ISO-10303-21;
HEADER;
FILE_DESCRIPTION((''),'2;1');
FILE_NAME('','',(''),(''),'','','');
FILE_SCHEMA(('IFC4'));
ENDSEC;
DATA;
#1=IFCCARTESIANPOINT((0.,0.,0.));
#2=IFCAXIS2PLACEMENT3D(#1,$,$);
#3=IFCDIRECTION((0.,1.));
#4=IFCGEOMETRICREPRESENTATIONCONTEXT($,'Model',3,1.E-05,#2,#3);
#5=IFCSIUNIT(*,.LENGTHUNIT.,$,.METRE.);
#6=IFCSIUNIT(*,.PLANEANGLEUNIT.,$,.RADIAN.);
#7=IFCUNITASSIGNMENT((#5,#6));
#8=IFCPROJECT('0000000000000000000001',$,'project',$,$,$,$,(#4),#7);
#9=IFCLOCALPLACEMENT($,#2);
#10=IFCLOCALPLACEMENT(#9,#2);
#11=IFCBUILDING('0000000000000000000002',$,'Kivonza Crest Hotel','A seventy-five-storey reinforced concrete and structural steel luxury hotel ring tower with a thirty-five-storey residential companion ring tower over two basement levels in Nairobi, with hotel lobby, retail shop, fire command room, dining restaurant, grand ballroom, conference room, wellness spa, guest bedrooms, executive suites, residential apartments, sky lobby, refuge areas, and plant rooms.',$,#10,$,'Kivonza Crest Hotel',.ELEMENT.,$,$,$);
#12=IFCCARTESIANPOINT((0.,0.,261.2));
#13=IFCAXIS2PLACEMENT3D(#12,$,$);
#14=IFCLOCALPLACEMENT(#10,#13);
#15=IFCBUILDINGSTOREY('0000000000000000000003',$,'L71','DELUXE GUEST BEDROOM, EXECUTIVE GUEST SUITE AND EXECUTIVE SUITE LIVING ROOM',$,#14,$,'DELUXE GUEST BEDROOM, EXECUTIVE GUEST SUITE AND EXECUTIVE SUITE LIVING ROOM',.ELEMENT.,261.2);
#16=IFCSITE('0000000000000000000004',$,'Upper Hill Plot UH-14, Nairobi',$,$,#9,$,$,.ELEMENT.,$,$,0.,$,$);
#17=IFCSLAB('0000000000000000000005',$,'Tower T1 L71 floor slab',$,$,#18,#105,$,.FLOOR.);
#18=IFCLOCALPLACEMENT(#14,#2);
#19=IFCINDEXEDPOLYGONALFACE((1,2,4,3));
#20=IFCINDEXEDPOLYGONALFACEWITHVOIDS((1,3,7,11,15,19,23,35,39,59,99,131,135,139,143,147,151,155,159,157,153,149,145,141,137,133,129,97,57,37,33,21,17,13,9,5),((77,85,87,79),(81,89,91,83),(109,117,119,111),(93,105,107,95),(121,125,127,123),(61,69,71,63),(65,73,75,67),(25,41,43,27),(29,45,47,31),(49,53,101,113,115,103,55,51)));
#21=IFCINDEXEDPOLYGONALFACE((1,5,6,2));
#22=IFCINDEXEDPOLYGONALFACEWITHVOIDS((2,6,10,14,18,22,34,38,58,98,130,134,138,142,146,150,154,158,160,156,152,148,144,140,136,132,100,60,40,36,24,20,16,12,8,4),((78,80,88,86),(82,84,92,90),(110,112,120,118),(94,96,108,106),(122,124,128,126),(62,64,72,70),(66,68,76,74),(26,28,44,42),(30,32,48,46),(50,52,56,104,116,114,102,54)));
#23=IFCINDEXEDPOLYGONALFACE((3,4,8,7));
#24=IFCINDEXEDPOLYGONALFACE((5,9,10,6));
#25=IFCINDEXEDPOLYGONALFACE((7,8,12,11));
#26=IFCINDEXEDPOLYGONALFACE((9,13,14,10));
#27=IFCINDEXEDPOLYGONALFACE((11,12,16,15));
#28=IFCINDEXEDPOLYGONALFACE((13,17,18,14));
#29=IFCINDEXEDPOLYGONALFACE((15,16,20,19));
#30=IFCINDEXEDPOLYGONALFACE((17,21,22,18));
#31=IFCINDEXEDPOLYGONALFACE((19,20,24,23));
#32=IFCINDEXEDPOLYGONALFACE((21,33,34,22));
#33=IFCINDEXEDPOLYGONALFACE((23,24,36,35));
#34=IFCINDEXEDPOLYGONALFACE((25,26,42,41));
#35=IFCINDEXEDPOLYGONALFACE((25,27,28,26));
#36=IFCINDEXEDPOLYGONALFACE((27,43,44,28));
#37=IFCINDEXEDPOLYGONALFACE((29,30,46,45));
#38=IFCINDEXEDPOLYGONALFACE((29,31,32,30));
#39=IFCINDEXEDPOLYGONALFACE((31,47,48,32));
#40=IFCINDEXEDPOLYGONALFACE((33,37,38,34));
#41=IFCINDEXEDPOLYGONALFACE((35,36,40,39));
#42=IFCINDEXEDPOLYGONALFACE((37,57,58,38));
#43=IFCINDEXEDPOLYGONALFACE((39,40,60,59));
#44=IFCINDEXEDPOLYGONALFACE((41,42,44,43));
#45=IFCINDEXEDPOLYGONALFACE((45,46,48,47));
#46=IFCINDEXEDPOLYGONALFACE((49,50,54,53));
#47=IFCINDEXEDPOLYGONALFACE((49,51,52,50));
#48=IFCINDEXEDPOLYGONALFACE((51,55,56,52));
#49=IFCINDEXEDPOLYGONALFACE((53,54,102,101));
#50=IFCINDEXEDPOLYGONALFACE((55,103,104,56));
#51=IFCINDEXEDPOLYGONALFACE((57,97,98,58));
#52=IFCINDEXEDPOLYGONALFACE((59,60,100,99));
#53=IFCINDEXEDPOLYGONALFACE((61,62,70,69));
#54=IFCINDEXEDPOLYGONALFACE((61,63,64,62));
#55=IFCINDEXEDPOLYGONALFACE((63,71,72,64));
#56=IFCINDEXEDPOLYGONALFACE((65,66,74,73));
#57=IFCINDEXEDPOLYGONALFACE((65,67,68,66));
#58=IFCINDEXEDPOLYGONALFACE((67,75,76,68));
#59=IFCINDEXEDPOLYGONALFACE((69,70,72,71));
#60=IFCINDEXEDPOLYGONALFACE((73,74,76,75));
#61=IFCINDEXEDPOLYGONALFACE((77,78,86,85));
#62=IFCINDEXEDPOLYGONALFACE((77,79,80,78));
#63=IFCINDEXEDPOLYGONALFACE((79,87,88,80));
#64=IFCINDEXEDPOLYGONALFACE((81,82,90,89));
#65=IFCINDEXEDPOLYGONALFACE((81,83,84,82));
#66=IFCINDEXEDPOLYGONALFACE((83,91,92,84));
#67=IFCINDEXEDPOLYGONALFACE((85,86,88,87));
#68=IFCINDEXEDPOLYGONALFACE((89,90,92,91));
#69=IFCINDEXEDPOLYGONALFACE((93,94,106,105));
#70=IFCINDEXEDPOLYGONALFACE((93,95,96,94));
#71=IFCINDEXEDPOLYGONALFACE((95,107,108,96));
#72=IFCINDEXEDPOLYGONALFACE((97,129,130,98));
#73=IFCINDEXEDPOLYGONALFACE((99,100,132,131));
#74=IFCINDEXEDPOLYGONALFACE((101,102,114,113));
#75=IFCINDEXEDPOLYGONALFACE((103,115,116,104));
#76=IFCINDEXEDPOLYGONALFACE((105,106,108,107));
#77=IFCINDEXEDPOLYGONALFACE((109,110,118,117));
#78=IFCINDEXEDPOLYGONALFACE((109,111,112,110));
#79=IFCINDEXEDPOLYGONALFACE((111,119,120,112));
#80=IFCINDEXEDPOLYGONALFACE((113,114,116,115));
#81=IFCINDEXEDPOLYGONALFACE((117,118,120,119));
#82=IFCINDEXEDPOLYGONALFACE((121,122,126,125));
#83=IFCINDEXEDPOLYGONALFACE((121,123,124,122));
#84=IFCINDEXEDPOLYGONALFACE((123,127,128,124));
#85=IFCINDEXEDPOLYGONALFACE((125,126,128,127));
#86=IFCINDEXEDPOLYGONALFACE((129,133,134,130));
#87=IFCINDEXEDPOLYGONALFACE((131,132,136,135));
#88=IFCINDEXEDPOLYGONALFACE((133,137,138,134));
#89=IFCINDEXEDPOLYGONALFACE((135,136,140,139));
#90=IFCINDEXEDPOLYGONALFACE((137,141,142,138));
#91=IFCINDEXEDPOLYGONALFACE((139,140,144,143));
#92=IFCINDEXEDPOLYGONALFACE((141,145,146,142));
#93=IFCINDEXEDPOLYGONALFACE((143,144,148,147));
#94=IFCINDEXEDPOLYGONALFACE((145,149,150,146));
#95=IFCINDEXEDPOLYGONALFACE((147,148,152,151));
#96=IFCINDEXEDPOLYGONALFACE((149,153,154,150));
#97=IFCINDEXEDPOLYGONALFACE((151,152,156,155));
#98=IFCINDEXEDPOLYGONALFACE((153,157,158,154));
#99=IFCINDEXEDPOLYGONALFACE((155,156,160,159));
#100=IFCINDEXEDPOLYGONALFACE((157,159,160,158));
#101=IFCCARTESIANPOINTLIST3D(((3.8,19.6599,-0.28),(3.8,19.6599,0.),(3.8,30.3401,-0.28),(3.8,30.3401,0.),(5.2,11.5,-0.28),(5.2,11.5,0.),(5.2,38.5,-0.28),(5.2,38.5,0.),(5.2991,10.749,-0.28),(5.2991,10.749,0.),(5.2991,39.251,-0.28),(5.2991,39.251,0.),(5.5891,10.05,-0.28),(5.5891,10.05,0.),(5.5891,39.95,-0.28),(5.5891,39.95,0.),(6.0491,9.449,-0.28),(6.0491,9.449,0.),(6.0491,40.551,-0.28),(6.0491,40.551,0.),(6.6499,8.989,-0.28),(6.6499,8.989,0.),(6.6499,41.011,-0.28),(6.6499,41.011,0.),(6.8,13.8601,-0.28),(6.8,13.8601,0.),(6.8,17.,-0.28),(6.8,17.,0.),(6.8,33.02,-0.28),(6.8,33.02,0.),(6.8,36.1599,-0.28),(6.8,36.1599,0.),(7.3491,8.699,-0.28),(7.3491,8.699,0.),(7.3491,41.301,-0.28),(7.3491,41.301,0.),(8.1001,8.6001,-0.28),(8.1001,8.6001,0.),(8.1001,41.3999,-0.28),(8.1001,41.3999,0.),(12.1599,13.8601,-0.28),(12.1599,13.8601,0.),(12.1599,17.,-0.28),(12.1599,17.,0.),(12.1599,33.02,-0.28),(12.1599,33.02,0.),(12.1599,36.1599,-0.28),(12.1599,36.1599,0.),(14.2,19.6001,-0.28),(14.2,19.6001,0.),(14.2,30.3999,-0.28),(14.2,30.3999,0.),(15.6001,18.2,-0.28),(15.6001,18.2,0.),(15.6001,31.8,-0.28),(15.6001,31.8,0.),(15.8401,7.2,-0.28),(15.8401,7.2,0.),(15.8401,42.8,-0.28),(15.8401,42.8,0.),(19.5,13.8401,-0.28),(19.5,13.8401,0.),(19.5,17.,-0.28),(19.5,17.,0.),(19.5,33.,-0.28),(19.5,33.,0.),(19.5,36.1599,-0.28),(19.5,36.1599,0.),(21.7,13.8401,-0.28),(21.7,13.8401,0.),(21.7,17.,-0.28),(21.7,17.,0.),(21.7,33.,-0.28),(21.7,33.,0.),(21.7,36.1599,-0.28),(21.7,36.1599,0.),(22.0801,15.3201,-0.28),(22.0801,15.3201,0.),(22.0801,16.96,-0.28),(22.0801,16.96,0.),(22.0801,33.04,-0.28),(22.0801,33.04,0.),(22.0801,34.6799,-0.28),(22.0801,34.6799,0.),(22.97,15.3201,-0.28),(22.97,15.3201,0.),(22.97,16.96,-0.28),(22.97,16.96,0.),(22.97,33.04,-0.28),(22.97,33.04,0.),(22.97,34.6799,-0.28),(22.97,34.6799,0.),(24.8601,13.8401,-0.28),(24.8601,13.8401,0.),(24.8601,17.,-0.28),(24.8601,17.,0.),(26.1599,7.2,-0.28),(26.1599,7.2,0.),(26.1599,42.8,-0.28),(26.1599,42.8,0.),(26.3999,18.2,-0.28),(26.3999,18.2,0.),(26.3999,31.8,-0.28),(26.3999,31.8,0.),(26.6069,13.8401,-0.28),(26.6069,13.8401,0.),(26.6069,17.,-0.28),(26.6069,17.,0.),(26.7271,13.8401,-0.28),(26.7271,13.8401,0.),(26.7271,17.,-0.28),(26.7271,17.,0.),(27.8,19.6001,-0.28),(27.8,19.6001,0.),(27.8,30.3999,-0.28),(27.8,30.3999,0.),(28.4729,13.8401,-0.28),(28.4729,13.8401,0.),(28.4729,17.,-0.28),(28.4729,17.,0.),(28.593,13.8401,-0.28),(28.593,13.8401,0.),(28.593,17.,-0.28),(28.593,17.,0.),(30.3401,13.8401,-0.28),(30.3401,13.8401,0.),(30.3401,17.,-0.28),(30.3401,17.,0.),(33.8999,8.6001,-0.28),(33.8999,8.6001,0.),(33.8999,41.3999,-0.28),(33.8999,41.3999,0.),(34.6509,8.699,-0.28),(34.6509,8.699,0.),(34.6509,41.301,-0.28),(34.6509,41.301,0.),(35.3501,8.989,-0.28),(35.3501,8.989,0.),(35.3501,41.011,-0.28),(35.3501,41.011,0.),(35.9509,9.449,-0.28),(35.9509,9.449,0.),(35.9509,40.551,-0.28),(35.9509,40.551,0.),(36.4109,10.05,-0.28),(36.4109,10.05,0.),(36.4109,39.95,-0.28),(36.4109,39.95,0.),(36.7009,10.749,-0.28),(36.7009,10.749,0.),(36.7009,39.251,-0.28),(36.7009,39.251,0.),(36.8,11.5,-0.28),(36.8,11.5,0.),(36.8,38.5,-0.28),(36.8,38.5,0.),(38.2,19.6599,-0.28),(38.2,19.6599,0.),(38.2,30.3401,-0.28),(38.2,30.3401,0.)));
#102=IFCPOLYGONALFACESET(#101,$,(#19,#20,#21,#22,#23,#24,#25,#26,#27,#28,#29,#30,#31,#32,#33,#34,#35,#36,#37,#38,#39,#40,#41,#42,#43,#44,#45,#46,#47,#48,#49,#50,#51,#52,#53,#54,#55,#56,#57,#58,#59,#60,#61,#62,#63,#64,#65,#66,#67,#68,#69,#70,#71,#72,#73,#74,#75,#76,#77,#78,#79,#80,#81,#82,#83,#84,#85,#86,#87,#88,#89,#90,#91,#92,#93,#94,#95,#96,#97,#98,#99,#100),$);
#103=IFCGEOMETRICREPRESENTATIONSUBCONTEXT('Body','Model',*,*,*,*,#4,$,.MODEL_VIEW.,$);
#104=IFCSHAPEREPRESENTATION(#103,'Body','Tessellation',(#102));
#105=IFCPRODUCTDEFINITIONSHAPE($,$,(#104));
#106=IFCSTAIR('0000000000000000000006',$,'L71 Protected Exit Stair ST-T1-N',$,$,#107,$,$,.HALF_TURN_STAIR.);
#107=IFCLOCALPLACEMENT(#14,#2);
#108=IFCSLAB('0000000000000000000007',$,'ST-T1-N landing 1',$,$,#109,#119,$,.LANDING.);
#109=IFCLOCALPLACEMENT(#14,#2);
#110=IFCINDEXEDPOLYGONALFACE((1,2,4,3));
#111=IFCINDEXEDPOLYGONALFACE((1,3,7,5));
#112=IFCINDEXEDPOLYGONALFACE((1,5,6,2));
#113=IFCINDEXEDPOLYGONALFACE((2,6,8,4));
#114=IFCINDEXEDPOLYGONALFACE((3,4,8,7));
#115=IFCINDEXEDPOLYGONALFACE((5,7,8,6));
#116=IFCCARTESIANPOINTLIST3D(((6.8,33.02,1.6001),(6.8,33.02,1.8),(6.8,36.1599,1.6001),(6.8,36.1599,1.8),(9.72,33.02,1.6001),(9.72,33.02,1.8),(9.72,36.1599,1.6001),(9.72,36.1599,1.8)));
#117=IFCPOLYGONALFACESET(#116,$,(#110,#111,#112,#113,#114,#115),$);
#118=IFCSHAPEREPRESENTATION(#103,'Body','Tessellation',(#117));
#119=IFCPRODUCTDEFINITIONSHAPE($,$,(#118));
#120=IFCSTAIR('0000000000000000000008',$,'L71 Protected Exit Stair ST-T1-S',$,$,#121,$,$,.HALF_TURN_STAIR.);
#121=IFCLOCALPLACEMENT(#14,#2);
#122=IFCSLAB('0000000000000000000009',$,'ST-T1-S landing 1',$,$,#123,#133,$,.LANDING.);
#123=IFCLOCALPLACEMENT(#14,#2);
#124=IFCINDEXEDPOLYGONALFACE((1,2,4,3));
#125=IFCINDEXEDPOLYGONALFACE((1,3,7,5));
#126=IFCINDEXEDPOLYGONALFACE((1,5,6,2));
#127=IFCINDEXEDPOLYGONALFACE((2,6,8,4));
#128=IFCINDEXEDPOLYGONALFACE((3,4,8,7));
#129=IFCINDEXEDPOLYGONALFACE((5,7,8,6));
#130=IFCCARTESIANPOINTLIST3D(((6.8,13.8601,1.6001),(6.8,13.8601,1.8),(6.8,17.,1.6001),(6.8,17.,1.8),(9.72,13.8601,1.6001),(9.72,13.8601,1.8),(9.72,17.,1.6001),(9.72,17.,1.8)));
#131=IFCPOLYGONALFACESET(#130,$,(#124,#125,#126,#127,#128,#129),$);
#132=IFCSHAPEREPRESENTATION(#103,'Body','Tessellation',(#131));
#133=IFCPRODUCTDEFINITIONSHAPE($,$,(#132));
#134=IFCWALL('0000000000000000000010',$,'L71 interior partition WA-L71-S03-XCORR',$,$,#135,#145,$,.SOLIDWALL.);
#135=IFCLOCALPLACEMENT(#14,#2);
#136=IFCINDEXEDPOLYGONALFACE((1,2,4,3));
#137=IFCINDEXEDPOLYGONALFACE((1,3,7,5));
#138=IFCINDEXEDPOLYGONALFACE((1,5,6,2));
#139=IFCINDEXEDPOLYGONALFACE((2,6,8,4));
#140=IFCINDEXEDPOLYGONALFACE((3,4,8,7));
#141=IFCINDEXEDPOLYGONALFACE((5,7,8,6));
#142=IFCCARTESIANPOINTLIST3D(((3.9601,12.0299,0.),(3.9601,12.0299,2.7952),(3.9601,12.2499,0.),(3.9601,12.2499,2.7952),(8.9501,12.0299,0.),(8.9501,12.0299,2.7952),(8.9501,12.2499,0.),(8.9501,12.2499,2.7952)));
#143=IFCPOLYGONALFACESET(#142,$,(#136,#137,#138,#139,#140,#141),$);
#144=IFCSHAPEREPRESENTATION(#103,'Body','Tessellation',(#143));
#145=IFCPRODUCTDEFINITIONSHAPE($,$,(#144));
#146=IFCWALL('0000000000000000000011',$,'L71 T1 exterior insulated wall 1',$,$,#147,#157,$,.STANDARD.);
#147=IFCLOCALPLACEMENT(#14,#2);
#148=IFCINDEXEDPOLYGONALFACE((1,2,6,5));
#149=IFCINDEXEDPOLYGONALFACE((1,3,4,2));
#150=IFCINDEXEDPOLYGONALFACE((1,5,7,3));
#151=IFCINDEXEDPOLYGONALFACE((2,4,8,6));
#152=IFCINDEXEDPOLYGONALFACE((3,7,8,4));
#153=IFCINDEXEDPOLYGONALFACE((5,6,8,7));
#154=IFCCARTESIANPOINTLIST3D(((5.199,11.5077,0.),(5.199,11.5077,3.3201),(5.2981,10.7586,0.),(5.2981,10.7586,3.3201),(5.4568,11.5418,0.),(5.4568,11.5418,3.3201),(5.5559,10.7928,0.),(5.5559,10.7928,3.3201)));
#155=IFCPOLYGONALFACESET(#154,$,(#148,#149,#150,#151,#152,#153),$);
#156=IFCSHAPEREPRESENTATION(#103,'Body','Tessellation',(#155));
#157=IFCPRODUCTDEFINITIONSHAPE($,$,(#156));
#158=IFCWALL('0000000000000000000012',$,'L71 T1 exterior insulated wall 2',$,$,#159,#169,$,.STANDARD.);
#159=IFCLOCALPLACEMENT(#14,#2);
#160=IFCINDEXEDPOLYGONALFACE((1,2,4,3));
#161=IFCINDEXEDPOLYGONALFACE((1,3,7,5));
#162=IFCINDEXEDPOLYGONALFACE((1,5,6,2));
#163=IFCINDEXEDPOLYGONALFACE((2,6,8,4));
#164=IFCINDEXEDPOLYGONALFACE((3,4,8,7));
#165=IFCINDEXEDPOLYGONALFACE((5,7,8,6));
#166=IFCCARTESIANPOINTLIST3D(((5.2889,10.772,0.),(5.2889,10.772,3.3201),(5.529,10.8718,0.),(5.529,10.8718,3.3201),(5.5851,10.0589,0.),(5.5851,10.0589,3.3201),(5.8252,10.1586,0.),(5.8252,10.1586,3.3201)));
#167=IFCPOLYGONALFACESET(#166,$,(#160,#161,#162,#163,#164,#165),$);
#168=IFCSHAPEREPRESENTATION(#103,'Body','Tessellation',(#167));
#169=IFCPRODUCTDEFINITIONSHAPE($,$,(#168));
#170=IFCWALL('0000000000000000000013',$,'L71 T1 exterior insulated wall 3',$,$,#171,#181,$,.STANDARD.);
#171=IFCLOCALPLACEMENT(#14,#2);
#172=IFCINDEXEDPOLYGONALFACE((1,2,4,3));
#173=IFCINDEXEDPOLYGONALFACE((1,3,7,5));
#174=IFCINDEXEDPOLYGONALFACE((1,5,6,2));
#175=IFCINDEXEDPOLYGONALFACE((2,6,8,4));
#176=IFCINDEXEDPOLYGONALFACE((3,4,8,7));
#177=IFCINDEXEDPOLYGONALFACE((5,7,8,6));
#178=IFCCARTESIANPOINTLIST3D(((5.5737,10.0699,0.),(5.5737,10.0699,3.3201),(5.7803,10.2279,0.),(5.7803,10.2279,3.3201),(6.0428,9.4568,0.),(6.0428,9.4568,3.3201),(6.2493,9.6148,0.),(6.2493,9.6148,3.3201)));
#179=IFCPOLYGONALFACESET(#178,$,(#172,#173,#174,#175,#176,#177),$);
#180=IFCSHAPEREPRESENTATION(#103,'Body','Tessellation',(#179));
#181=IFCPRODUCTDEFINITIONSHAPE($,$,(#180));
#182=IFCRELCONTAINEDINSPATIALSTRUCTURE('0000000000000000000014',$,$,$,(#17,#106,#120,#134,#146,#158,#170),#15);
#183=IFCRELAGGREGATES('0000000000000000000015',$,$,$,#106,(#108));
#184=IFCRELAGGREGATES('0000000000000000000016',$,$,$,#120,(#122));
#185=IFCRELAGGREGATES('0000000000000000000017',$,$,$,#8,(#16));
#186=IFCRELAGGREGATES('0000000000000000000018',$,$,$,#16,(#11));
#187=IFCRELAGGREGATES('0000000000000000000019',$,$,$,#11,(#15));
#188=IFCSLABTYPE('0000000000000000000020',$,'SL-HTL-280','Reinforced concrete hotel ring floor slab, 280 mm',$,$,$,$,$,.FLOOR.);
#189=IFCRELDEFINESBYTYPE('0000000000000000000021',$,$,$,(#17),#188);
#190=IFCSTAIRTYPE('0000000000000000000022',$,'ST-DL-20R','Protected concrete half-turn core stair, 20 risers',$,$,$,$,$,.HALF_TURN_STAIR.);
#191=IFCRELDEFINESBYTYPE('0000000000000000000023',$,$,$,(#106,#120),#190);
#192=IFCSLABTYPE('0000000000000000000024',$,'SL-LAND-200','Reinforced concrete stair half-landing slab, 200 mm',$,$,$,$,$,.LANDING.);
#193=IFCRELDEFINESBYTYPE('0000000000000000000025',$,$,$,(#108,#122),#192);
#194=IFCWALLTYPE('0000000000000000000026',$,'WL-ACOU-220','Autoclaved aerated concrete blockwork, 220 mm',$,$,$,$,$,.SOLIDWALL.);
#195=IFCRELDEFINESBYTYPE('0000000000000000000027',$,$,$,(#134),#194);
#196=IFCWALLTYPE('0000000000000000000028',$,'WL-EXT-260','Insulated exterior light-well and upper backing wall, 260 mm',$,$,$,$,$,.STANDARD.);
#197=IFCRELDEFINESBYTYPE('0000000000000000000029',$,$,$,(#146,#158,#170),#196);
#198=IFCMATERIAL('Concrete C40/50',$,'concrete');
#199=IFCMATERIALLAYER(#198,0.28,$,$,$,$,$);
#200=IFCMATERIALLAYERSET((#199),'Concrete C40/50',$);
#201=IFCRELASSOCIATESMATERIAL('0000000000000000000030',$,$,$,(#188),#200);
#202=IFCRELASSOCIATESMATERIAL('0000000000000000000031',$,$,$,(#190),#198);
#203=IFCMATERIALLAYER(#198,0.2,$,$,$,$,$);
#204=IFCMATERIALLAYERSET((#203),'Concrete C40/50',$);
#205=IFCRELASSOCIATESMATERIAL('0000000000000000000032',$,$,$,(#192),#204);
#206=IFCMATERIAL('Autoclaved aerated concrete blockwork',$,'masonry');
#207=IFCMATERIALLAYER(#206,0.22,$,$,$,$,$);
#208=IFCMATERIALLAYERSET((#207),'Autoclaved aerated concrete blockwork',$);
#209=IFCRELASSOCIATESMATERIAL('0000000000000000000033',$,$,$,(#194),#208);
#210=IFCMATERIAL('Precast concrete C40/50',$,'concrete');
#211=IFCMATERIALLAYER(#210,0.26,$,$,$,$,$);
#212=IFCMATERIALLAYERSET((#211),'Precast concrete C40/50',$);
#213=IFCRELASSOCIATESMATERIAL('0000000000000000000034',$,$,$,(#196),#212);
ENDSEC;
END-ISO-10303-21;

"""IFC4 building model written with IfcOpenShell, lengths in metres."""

from ifc_helpers import new_model, si_unit, direction, frame, frame_2d, origin, place, context, subcontext, project, spatial, polyline, rectangle, outline, extrude, material, layer, layer_set, type_object, element, aggregate, save


model = new_model("IFC4")

# Units and contexts
model_context = context("Model", 3, precision=1e-05, world=origin(), true_north=direction((0.0, 1.0)))
body_context = subcontext(model_context, "Body", "Model", "MODEL_VIEW")
ifc_project = project(units=[si_unit("LENGTHUNIT", "METRE"), si_unit("PLANEANGLEUNIT", "RADIAN")], contexts=[model_context])

# Site, building, storey
site_placement = place(None, origin())
site = spatial("IfcSite", under=ifc_project, at=site_placement, Name="Upper Hill Plot UH-14, Nairobi", CompositionType="ELEMENT", RefElevation=0.0)
building_placement = place(site_placement, origin())
building = spatial("IfcBuilding", under=site, at=building_placement, Name="Kivonza Crest Hotel", Description="A seventy-five-storey reinforced concrete and structural steel luxury hotel ring tower with a thirty-five-storey residential companion ring tower over two basement levels in Nairobi, with hotel lobby, retail shop, fire command room, dining restaurant, grand ballroom, conference room, wellness spa, guest bedrooms, executive suites, residential apartments, sky lobby, refuge areas, and plant rooms.", LongName="Kivonza Crest Hotel", CompositionType="ELEMENT")
storey_placement = place(building_placement, frame((0.0, 0.0, 261.2)))
storey = spatial("IfcBuildingStorey", under=building, at=storey_placement, Name="L71", Description="DELUXE GUEST BEDROOM, EXECUTIVE GUEST SUITE AND EXECUTIVE SUITE LIVING ROOM", LongName="DELUXE GUEST BEDROOM, EXECUTIVE GUEST SUITE AND EXECUTIVE SUITE LIVING ROOM", CompositionType="ELEMENT", Elevation=261.2)

# Slab
ifc_material_1 = material(Name="Concrete C40/50", Category="concrete")
ifc_layer_1 = layer(ifc_material_1, 0.28)
ifc_layer_set_1 = layer_set([ifc_layer_1], Name="Concrete C40/50")
slab_type_1 = type_object("IfcSlabType", Name="SL-HTL-280", Description="Reinforced concrete hotel ring floor slab, 280 mm", PredefinedType="FLOOR", material=ifc_layer_set_1)
slab_1_placement = place(storey_placement, frame((0.0, 0.0, -0.28)))
element("IfcSlab", 1, at=slab_1_placement, inside=storey, type_object=slab_type_1, Name="Tower T1 L71 floor slab", PredefinedType="FLOOR", context=body_context, shape_type="SweptSolid", body=[
    extrude(outline(polyline([(5.2, 11.5), (5.2991, 10.749), (5.5891, 10.05), (6.0491, 9.449), (6.6499, 8.989), (7.3491, 8.699), (8.1001, 8.6001), (15.8401, 7.2), (26.1599, 7.2), (33.8999, 8.6001), (34.6509, 8.699), (35.3501, 8.989), (35.9509, 9.449), (36.4109, 10.05), (36.7009, 10.749), (36.8, 11.5), (38.2, 19.6599), (38.2, 30.3401), (36.8, 38.5), (36.7009, 39.251), (36.4109, 39.95), (35.9509, 40.551), (35.3501, 41.011), (34.6509, 41.301), (33.8999, 41.3999), (26.1599, 42.8), (15.8401, 42.8), (8.1001, 41.3999), (7.3491, 41.301), (6.6499, 41.011), (6.0491, 40.551), (5.5891, 39.95), (5.2991, 39.251), (5.2, 38.5), (3.8, 30.3401), (3.8, 19.6599), (5.2, 11.5)]), holes=[polyline([(15.6001, 18.2), (26.3999, 18.2), (27.8, 19.6001), (27.8, 30.3999), (26.3999, 31.8), (15.6001, 31.8), (14.2, 30.3999), (14.2, 19.6001), (15.6001, 18.2)]), polyline([(6.8, 33.02), (12.1599, 33.02), (12.1599, 36.1599), (6.8, 36.1599), (6.8, 33.02)]), polyline([(6.8, 13.8601), (12.1599, 13.8601), (12.1599, 17.0), (6.8, 17.0), (6.8, 13.8601)]), polyline([(22.0801, 33.04), (22.97, 33.04), (22.97, 34.6799), (22.0801, 34.6799), (22.0801, 33.04)]), polyline([(22.0801, 15.3201), (22.97, 15.3201), (22.97, 16.96), (22.0801, 16.96), (22.0801, 15.3201)]), polyline([(19.5, 33.0), (21.7, 33.0), (21.7, 36.1599), (19.5, 36.1599), (19.5, 33.0)]), polyline([(19.5, 13.8401), (21.7, 13.8401), (21.7, 17.0), (19.5, 17.0), (19.5, 13.8401)]), polyline([(24.8601, 13.8401), (26.6069, 13.8401), (26.6069, 17.0), (24.8601, 17.0), (24.8601, 13.8401)]), polyline([(26.7271, 13.8401), (28.4729, 13.8401), (28.4729, 17.0), (26.7271, 17.0), (26.7271, 13.8401)]), polyline([(28.593, 13.8401), (30.3401, 13.8401), (30.3401, 17.0), (28.593, 17.0), (28.593, 13.8401)])]), origin(), (0.0, 0.0, 1.0), 0.28),
])

# Stairs, slabs
stair_type = type_object("IfcStairType", Name="ST-DL-20R", Description="Protected concrete half-turn core stair, 20 risers", PredefinedType="HALF_TURN_STAIR", material=ifc_material_1)
stair_1_placement = place(storey_placement, origin())
stair_1 = element("IfcStair", 2, at=stair_1_placement, inside=storey, type_object=stair_type, Name="L71 Protected Exit Stair ST-T1-N", PredefinedType="HALF_TURN_STAIR")
ifc_layer_2 = layer(ifc_material_1, 0.2)
ifc_layer_set_2 = layer_set([ifc_layer_2], Name="Concrete C40/50")
slab_type_2 = type_object("IfcSlabType", Name="SL-LAND-200", Description="Reinforced concrete stair half-landing slab, 200 mm", PredefinedType="LANDING", material=ifc_layer_set_2)
slab_2_placement = place(storey_placement, frame((0.0, 0.0, 1.6001)))
slab_2 = element("IfcSlab", 3, at=slab_2_placement, type_object=slab_type_2, Name="ST-T1-N landing 1", PredefinedType="LANDING", context=body_context, shape_type="SweptSolid", body=[
    extrude(outline(polyline([(9.72, 36.1599), (6.8, 36.1599), (6.8, 33.02), (9.72, 33.02), (9.72, 36.1599)])), origin(), (0.0, 0.0, 1.0), 0.2),
])
aggregate(stair_1, [slab_2])
stair_2_placement = place(storey_placement, origin())
stair_2 = element("IfcStair", 4, at=stair_2_placement, inside=storey, type_object=stair_type, Name="L71 Protected Exit Stair ST-T1-S", PredefinedType="HALF_TURN_STAIR")
slab_3_placement = place(storey_placement, frame((0.0, 0.0, 1.6001)))
slab_3 = element("IfcSlab", 5, at=slab_3_placement, type_object=slab_type_2, Name="ST-T1-S landing 1", PredefinedType="LANDING", context=body_context, shape_type="SweptSolid", body=[
    extrude(outline(polyline([(9.72, 17.0), (6.8, 17.0), (6.8, 13.8601), (9.72, 13.8601), (9.72, 17.0)])), origin(), (0.0, 0.0, 1.0), 0.2),
])
aggregate(stair_2, [slab_3])

# Wall
ifc_material_2 = material(Name="Autoclaved aerated concrete blockwork", Category="masonry")
ifc_layer_3 = layer(ifc_material_2, 0.22)
ifc_layer_set_3 = layer_set([ifc_layer_3], Name="Autoclaved aerated concrete blockwork")
wall_type_1 = type_object("IfcWallType", Name="WL-ACOU-220", Description="Autoclaved aerated concrete blockwork, 220 mm", PredefinedType="SOLIDWALL", material=ifc_layer_set_3)
wall_1_placement = place(storey_placement, frame((3.96, 12.1399, 0.0), z_axis=(0.0, 0.0, 1.0), x_axis=(1.0, 0.0, 0.0)))
element("IfcWall", 6, at=wall_1_placement, inside=storey, type_object=wall_type_1, Name="L71 interior partition WA-L71-S03-XCORR", PredefinedType="SOLIDWALL", context=body_context, shape_type="SweptSolid", body=[
    extrude(rectangle(XDim=4.99, YDim=0.22, at=frame_2d((2.4951, 0.0))), origin(), (0.0, 0.0, 1.0), 2.7952),
])

# Walls
ifc_material_3 = material(Name="Precast concrete C40/50", Category="concrete")
ifc_layer_4 = layer(ifc_material_3, 0.26)
ifc_layer_set_4 = layer_set([ifc_layer_4], Name="Precast concrete C40/50")
wall_type_2 = type_object("IfcWallType", Name="WL-EXT-260", Description="Insulated exterior light-well and upper backing wall, 260 mm", PredefinedType="STANDARD", material=ifc_layer_set_4)
wall_2_placement = place(storey_placement, frame((5.3279, 11.5249, 0.0), z_axis=(0.0, 0.0, 1.0), x_axis=(0.13119, -0.991357, 0.0)))
element("IfcWall", 7, at=wall_2_placement, inside=storey, type_object=wall_type_2, Name="L71 T1 exterior insulated wall 1", PredefinedType="STANDARD", context=body_context, shape_type="SweptSolid", body=[
    extrude(rectangle(XDim=0.7556, YDim=0.26, at=frame_2d((0.3779, 0.0))), origin(), (0.0, 0.0, 1.0), 3.3201),
])
wall_3_placement = place(storey_placement, frame((5.4089, 10.822, 0.0), z_axis=(0.0, 0.0, 1.0), x_axis=(0.383515, -0.923535, 0.0)))
element("IfcWall", 8, at=wall_3_placement, inside=storey, type_object=wall_type_2, Name="L71 T1 exterior insulated wall 2", PredefinedType="STANDARD", context=body_context, shape_type="SweptSolid", body=[
    extrude(rectangle(XDim=0.7722, YDim=0.26, at=frame_2d((0.3862, 0.0))), origin(), (0.0, 0.0, 1.0), 3.3201),
])
for number, where, z_axis, x_axis, name in (
    (9, (5.677, 10.1489, 0.0), (0.0, 0.0, 1.0), (0.607614, -0.794232, 0.0), "L71 T1 exterior insulated wall 3"),
):
    element("IfcWall", number, at=place(storey_placement, frame(where, z_axis=z_axis, x_axis=x_axis)), inside=storey, type_object=wall_type_2, Name=name, PredefinedType="STANDARD", context=body_context, shape_type="SweptSolid", body=[
        extrude(rectangle(XDim=0.772, YDim=0.26, at=frame_2d((0.386, 0.0))), origin(), (0.0, 0.0, 1.0), 3.3201),
    ])

save(model, "model.ifc")
